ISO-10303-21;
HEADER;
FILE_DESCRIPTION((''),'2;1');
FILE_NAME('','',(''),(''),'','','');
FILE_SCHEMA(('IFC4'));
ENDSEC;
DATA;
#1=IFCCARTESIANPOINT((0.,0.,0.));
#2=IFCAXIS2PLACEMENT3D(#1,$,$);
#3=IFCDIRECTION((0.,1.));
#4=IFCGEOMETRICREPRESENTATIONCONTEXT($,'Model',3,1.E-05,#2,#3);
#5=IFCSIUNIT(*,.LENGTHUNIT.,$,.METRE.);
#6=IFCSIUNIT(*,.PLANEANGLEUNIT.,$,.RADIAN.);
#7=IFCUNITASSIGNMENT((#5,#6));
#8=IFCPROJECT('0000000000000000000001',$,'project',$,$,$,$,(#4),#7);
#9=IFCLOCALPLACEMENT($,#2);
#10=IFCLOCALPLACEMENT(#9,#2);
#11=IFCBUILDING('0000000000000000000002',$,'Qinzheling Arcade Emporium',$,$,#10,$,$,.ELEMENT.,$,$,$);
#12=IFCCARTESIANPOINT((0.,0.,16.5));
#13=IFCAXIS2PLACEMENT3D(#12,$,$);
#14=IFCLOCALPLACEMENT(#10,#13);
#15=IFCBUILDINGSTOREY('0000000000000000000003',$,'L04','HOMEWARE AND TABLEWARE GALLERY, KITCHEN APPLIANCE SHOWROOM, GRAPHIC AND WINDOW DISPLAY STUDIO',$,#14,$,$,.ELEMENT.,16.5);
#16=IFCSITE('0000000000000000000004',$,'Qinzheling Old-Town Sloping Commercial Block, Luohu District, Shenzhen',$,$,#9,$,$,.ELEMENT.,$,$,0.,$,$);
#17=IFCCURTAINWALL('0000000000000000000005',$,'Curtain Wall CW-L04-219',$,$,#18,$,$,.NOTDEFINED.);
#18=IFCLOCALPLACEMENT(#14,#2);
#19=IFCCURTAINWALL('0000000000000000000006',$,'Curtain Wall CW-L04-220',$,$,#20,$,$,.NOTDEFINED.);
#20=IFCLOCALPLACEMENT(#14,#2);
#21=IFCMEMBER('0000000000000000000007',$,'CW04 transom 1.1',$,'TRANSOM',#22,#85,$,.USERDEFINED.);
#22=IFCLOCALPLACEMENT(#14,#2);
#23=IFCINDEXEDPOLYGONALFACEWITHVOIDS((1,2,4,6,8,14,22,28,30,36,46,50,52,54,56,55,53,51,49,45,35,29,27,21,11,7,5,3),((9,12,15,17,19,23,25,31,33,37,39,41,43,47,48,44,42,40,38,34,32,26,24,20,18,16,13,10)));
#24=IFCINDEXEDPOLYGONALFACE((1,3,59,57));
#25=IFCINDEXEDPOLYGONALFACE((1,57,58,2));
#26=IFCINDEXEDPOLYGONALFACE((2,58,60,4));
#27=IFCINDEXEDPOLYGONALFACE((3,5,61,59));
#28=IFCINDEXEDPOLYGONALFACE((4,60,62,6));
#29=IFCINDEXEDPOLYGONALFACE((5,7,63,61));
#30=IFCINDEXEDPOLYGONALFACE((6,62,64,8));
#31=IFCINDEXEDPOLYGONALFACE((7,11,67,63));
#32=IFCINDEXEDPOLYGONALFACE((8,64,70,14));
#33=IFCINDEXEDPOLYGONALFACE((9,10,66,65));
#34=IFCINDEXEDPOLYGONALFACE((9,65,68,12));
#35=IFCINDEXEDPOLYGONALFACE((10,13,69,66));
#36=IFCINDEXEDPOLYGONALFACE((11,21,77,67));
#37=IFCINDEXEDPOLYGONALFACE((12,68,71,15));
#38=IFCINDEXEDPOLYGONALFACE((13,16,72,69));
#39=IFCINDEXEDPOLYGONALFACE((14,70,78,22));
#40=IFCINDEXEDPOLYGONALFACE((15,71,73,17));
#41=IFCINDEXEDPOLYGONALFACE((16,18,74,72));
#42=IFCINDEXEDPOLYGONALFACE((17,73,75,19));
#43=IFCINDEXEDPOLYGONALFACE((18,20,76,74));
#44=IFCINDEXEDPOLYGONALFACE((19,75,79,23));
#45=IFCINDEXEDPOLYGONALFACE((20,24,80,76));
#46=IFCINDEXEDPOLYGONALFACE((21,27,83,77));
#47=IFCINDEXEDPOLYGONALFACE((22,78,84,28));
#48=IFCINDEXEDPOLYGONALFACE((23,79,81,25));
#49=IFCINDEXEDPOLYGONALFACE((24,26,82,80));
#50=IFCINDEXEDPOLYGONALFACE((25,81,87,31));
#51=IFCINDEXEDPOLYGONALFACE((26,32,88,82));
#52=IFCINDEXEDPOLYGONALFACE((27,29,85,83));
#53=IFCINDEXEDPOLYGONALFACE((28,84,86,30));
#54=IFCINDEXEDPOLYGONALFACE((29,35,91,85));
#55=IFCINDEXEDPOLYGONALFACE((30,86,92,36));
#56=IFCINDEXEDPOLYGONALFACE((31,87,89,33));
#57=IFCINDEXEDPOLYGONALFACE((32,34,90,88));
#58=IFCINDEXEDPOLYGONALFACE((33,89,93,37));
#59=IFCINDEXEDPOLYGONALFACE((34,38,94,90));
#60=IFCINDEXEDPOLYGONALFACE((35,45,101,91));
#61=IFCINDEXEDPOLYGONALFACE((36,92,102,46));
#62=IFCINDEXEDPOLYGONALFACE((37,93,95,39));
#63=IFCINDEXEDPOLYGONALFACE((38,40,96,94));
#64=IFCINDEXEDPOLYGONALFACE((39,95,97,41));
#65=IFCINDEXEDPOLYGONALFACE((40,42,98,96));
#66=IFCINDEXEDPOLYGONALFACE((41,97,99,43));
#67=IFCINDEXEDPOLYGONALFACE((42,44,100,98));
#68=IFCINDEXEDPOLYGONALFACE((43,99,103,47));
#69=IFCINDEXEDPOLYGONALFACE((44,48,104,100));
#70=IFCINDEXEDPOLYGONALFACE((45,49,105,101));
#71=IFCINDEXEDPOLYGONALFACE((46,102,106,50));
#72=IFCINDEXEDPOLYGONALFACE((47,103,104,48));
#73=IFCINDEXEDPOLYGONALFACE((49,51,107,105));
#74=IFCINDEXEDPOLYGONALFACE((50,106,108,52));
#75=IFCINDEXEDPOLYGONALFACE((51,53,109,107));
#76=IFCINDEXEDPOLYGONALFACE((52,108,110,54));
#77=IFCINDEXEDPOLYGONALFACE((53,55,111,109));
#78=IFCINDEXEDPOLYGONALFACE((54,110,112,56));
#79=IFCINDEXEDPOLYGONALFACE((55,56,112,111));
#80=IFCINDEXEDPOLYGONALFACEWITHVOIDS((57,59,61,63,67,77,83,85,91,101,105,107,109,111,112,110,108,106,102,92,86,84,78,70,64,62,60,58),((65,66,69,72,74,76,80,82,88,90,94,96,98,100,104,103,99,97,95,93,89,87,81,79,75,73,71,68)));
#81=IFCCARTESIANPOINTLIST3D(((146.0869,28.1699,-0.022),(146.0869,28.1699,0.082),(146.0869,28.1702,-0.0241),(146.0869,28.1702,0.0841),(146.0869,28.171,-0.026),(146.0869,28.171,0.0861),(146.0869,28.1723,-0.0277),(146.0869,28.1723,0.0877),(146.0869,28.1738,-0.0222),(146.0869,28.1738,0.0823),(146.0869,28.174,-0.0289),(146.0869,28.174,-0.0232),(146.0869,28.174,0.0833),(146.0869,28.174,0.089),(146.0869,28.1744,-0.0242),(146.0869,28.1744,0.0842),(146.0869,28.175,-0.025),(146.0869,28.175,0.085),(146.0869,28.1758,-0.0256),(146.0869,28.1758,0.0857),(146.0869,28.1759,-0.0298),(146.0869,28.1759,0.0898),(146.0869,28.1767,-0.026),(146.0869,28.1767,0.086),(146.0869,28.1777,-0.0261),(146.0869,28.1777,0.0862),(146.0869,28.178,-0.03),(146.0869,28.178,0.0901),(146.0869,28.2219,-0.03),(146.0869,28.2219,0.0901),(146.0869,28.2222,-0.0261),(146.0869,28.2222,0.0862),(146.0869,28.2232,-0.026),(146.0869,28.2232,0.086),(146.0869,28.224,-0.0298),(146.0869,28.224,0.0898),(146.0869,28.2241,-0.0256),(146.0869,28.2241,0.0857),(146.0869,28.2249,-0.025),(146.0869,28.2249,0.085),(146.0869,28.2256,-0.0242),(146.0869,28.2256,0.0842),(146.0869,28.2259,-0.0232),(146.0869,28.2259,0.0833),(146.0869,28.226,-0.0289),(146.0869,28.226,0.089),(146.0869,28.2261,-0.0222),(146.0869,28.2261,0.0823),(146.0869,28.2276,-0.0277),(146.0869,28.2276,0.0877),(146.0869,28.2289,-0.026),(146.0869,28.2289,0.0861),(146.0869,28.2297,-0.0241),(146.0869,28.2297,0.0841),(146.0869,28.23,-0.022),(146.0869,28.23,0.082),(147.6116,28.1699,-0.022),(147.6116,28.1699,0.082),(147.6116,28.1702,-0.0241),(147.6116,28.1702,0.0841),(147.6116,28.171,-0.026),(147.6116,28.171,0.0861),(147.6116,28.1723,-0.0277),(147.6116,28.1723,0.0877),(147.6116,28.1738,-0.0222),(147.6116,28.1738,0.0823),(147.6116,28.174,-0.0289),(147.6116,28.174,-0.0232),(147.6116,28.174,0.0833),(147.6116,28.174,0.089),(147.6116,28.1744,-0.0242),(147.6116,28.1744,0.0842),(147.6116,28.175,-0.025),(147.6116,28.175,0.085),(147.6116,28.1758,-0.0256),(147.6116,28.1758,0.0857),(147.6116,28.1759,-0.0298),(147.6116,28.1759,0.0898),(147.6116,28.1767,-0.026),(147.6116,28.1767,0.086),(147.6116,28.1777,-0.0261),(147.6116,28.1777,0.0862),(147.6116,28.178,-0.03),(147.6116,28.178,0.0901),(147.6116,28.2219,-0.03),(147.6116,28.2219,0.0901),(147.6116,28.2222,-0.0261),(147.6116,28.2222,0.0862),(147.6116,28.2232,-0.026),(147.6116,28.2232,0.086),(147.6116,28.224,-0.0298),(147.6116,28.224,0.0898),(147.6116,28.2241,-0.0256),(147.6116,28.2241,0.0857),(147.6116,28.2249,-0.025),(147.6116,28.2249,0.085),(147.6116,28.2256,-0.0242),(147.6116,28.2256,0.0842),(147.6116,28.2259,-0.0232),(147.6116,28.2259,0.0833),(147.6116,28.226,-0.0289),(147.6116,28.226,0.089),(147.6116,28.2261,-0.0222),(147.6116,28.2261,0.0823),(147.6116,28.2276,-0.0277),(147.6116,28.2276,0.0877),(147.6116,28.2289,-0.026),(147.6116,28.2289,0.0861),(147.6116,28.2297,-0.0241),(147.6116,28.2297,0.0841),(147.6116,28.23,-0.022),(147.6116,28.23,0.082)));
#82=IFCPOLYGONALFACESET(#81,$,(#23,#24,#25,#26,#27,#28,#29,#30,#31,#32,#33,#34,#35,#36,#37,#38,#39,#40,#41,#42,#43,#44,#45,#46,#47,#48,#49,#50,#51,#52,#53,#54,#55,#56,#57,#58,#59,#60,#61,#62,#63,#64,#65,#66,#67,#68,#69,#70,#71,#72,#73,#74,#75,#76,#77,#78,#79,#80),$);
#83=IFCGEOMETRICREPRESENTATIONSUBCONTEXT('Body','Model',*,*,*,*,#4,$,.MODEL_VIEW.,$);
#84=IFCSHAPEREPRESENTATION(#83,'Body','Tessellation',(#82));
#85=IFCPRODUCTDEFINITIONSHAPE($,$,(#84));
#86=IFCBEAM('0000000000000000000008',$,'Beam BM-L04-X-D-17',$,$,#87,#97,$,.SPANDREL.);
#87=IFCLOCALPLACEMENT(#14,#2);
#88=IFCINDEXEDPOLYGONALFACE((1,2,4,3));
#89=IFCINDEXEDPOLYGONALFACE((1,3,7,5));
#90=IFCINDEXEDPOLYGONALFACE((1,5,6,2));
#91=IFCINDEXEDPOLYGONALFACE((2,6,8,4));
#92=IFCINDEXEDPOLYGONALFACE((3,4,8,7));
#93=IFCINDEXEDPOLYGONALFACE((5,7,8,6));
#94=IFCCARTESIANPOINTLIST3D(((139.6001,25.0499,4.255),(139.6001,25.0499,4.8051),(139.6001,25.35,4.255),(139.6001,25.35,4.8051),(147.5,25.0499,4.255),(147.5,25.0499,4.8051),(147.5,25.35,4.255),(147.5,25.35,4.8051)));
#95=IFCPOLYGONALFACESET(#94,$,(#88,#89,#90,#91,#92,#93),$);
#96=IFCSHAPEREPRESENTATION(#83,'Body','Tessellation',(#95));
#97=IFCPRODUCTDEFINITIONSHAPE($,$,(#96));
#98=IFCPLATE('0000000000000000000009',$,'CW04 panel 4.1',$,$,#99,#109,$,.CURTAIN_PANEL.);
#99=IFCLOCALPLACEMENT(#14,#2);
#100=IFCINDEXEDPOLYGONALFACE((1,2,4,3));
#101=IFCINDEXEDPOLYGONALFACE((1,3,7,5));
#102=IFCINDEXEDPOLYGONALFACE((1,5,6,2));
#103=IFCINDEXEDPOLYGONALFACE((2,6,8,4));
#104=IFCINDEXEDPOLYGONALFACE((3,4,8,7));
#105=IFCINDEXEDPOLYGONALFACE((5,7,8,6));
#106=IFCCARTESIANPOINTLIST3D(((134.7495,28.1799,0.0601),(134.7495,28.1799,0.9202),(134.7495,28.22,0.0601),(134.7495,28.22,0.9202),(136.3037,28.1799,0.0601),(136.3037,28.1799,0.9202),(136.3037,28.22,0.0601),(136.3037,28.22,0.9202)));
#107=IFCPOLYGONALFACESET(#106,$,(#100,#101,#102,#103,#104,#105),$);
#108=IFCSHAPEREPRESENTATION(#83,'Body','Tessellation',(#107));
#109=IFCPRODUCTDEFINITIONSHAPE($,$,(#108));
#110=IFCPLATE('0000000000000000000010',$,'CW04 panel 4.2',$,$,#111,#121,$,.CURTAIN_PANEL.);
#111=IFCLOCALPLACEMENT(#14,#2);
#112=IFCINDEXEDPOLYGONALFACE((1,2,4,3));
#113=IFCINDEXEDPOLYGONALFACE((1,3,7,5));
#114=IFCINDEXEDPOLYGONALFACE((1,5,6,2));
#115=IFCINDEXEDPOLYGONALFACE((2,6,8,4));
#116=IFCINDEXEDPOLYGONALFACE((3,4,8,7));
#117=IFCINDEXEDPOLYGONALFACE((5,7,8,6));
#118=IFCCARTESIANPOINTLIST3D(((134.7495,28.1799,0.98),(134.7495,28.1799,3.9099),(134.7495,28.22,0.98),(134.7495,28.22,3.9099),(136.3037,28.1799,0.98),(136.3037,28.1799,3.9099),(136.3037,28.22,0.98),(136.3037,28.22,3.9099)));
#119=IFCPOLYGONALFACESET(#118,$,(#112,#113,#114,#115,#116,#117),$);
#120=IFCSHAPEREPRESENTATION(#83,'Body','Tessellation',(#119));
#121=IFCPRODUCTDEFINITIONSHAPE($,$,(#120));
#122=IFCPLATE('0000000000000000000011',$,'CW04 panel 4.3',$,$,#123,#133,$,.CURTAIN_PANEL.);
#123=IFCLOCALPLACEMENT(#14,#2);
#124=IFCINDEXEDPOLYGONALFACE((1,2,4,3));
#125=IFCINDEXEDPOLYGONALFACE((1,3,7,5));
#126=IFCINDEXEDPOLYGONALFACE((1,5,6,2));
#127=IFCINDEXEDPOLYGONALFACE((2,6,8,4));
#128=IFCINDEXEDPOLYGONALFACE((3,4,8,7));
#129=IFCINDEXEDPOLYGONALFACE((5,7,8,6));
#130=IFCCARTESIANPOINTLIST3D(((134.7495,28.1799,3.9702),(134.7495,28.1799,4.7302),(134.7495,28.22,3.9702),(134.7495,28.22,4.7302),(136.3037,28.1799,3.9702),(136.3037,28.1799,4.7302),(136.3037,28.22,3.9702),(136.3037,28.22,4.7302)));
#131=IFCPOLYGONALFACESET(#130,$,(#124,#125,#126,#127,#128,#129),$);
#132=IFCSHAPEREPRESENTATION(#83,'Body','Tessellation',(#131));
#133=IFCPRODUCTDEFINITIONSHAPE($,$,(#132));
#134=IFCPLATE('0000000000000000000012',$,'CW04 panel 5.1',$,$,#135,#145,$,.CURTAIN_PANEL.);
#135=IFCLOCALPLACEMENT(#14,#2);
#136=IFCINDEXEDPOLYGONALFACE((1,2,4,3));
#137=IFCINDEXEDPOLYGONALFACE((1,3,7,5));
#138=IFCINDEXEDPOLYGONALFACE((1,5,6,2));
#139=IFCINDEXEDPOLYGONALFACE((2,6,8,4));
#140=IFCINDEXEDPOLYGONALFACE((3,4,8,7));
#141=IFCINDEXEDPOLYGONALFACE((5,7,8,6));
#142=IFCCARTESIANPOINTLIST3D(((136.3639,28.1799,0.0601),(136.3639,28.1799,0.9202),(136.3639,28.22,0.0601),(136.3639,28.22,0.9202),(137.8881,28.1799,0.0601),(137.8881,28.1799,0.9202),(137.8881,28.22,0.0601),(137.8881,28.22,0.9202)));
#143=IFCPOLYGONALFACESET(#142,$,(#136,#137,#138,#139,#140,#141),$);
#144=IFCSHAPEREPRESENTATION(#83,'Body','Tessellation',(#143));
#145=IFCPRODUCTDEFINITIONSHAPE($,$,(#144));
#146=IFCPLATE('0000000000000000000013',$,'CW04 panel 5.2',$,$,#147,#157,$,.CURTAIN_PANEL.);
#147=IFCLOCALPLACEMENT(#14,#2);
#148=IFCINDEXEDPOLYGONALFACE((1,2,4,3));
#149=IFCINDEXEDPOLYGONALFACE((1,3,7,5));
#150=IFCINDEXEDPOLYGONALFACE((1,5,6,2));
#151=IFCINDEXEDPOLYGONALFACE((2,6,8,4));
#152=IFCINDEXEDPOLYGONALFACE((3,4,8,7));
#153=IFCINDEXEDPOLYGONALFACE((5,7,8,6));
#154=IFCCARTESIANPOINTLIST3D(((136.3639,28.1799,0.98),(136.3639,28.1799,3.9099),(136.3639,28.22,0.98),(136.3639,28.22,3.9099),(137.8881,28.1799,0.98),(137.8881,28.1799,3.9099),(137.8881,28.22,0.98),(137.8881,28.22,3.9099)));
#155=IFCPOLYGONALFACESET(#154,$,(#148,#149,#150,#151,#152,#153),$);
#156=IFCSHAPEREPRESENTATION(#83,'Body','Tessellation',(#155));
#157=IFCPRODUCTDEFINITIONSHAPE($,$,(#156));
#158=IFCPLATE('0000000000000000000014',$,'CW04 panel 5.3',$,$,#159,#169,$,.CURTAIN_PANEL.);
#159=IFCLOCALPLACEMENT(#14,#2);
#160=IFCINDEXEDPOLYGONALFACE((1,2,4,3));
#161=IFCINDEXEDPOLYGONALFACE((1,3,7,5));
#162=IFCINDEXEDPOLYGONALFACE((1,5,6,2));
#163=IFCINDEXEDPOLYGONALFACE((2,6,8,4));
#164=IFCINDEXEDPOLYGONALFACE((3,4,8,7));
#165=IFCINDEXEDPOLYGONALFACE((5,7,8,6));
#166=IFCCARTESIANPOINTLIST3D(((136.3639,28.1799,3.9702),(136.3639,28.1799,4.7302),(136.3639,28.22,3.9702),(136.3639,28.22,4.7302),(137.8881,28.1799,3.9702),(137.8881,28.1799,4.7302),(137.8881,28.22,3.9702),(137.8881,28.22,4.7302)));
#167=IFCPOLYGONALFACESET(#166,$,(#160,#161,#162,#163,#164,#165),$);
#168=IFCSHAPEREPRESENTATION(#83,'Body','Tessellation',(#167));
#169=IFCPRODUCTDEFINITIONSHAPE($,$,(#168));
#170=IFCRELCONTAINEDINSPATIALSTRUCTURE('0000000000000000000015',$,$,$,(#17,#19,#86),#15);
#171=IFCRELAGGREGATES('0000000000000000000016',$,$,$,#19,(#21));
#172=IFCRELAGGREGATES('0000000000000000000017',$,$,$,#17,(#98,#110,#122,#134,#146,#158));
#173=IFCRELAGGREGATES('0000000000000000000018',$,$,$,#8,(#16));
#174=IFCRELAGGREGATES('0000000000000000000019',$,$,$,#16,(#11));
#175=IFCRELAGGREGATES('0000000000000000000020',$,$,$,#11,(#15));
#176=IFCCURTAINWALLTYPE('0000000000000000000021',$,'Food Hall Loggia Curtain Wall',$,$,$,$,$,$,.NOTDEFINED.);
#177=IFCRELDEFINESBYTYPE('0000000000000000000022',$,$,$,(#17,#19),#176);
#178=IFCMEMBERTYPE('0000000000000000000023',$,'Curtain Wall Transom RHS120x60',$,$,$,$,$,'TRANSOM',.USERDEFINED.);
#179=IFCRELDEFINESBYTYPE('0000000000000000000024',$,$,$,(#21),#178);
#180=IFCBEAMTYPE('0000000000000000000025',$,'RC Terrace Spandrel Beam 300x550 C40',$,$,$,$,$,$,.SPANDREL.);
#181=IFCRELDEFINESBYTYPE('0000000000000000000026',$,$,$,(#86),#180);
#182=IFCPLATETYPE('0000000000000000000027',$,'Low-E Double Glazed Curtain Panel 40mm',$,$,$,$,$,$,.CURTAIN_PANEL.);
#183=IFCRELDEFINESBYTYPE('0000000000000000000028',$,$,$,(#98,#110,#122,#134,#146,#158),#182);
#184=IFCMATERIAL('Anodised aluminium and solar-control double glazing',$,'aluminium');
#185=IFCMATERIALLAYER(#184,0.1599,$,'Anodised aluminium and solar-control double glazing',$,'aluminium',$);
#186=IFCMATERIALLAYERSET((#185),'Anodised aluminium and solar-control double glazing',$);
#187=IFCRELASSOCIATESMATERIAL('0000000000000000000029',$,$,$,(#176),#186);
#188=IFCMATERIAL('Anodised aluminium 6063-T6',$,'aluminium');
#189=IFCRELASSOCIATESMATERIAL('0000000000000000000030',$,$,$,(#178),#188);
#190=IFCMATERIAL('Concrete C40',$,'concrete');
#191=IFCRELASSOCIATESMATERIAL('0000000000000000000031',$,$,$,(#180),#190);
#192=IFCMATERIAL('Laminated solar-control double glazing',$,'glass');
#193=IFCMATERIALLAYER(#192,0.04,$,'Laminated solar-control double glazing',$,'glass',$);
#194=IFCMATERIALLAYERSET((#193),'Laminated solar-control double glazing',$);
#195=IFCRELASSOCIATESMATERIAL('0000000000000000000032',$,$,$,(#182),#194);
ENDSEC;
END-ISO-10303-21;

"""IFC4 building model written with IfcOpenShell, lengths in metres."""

from ifc_helpers import new_model, si_unit, direction, frame, origin, origin_2d, place, context, subcontext, project, spatial, rectangle, hollow_rectangle, extrude, material, layer, layer_set, material_profile, profile_set, type_object, element, aggregate, save


model = new_model("IFC4")

# Units and contexts
model_context = context("Model", 3, precision=1e-05, world=origin(), true_north=direction((0.0, 1.0)))
body_context = subcontext(model_context, "Body", "Model", "MODEL_VIEW")
ifc_project = project(units=[si_unit("LENGTHUNIT", "METRE"), si_unit("PLANEANGLEUNIT", "RADIAN")], contexts=[model_context])

# Site, building, storey
site_placement = place(None, origin())
site = spatial("IfcSite", under=ifc_project, at=site_placement, Name="Qinzheling Old-Town Sloping Commercial Block, Luohu District, Shenzhen", CompositionType="ELEMENT", RefElevation=0.0)
building_placement = place(site_placement, origin())
building = spatial("IfcBuilding", under=site, at=building_placement, Name="Qinzheling Arcade Emporium", CompositionType="ELEMENT")
storey_placement = place(building_placement, frame((0.0, 0.0, 16.5)))
storey = spatial("IfcBuildingStorey", under=building, at=storey_placement, Name="L04", Description="HOMEWARE AND TABLEWARE GALLERY, KITCHEN APPLIANCE SHOWROOM, GRAPHIC AND WINDOW DISPLAY STUDIO", CompositionType="ELEMENT", Elevation=16.5)

# Shared definitions
ifc_material_1 = material(Name="Concrete C40", Category="concrete")

# Curtain wall
ifc_material_2 = material(Name="Anodised aluminium and solar-control double glazing", Category="aluminium")
ifc_layer_1 = layer(ifc_material_2, 0.1599, Name="Anodised aluminium and solar-control double glazing", Category="aluminium")
ifc_layer_set_1 = layer_set([ifc_layer_1], Name="Anodised aluminium and solar-control double glazing")
curtain_wall_type = type_object("IfcCurtainWallType", Name="Food Hall Loggia Curtain Wall", PredefinedType="NOTDEFINED", material=ifc_layer_set_1)
curtain_wall_1_placement = place(storey_placement, origin())
curtain_wall_1 = element("IfcCurtainWall", 1, at=curtain_wall_1_placement, inside=storey, type_object=curtain_wall_type, Name="Curtain Wall CW-L04-219", PredefinedType="NOTDEFINED")
ifc_material_3 = material(Name="Anodised aluminium 6063-T6", Category="aluminium")

# Curtain wall
curtain_wall_2_placement = place(storey_placement, origin())
curtain_wall_2 = element("IfcCurtainWall", 2, at=curtain_wall_2_placement, inside=storey, type_object=curtain_wall_type, Name="Curtain Wall CW-L04-220", PredefinedType="NOTDEFINED")

# Member
ifc_material_profile_1 = material_profile(ifc_material_3, hollow_rectangle(XDim=0.0601, YDim=0.1201, WallThickness=0.0039, InnerFilletRadius=0.0039, OuterFilletRadius=0.0081, at=origin_2d()), Name="RHS 120x60x4", Category="aluminium")
ifc_profile_set_1 = profile_set([ifc_material_profile_1], Name="Anodised aluminium 6063-T6")
member_type_1 = type_object("IfcMemberType", Name="Curtain Wall Transom RHS120x60", ElementType="TRANSOM", PredefinedType="USERDEFINED", material=ifc_profile_set_1)
member_1_placement = place(storey_placement, frame((146.0869, 28.2, 0.03), z_axis=(1.0, 0.0, 0.0), x_axis=(0.0, 1.0, 0.0)))
member_1 = element("IfcMember", 3, at=member_1_placement, type_object=member_type_1, Name="CW04 transom 1.1", ObjectType="TRANSOM", PredefinedType="USERDEFINED", context=body_context, shape_type="SweptSolid", body=[
    extrude(hollow_rectangle(XDim=0.0601, YDim=0.1201, WallThickness=0.0039, InnerFilletRadius=0.0039, OuterFilletRadius=0.0081, at=origin_2d()), origin(), (0.0, 0.0, 1.0), 1.5247),
])
aggregate(curtain_wall_2, [member_1])

# Beam
ifc_material_profile_2 = material_profile(ifc_material_1, rectangle(XDim=0.3, YDim=0.55, at=origin_2d()), Name="RC 300x550", Category="concrete")
ifc_profile_set_2 = profile_set([ifc_material_profile_2], Name="Concrete C40")
beam_type = type_object("IfcBeamType", Name="RC Terrace Spandrel Beam 300x550 C40", PredefinedType="SPANDREL", material=ifc_profile_set_2)
beam_placement = place(storey_placement, frame((139.6001, 25.2, 4.53), z_axis=(1.0, 0.0, 0.0), x_axis=(0.0, 1.0, 0.0)))
element("IfcBeam", 4, at=beam_placement, inside=storey, type_object=beam_type, Name="Beam BM-L04-X-D-17", PredefinedType="SPANDREL", context=body_context, shape_type="SweptSolid", body=[
    extrude(rectangle(XDim=0.3, YDim=0.55, at=origin_2d()), origin(), (0.0, 0.0, 1.0), 7.8999),
])

# Plates
ifc_material_4 = material(Name="Laminated solar-control double glazing", Category="glass")
ifc_layer_2 = layer(ifc_material_4, 0.04, Name="Laminated solar-control double glazing", Category="glass")
ifc_layer_set_2 = layer_set([ifc_layer_2], Name="Laminated solar-control double glazing")
plate_type = type_object("IfcPlateType", Name="Low-E Double Glazed Curtain Panel 40mm", PredefinedType="CURTAIN_PANEL", material=ifc_layer_set_2)
plate_1_placement = place(storey_placement, frame((135.5266, 28.2, 0.0601), z_axis=(0.0, 0.0, 1.0), x_axis=(1.0, 0.0, 0.0)))
plate_1 = element("IfcPlate", 5, at=plate_1_placement, type_object=plate_type, Name="CW04 panel 4.1", PredefinedType="CURTAIN_PANEL", context=body_context, shape_type="SweptSolid", body=[
    extrude(rectangle(XDim=1.5542, YDim=0.04, at=origin_2d()), origin(), (0.0, 0.0, 1.0), 0.8601),
])
plate_2_placement = place(storey_placement, frame((135.5266, 28.2, 0.98), z_axis=(0.0, 0.0, 1.0), x_axis=(1.0, 0.0, 0.0)))
plate_2 = element("IfcPlate", 6, at=plate_2_placement, type_object=plate_type, Name="CW04 panel 4.2", PredefinedType="CURTAIN_PANEL", context=body_context, shape_type="SweptSolid", body=[
    extrude(rectangle(XDim=1.5542, YDim=0.04, at=origin_2d()), origin(), (0.0, 0.0, 1.0), 2.9299),
])
plate_3_placement = place(storey_placement, frame((135.5266, 28.2, 3.9702), z_axis=(0.0, 0.0, 1.0), x_axis=(1.0, 0.0, 0.0)))
plate_3 = element("IfcPlate", 7, at=plate_3_placement, type_object=plate_type, Name="CW04 panel 4.3", PredefinedType="CURTAIN_PANEL", context=body_context, shape_type="SweptSolid", body=[
    extrude(rectangle(XDim=1.5542, YDim=0.04, at=origin_2d()), origin(), (0.0, 0.0, 1.0), 0.76),
])
plate_4_placement = place(storey_placement, frame((137.126, 28.2, 0.0601), z_axis=(0.0, 0.0, 1.0), x_axis=(1.0, 0.0, 0.0)))
plate_4 = element("IfcPlate", 8, at=plate_4_placement, type_object=plate_type, Name="CW04 panel 5.1", PredefinedType="CURTAIN_PANEL", context=body_context, shape_type="SweptSolid", body=[
    extrude(rectangle(XDim=1.5242, YDim=0.04, at=origin_2d()), origin(), (0.0, 0.0, 1.0), 0.8601),
])
plate_5_placement = place(storey_placement, frame((137.126, 28.2, 0.98), z_axis=(0.0, 0.0, 1.0), x_axis=(1.0, 0.0, 0.0)))
plate_5 = element("IfcPlate", 9, at=plate_5_placement, type_object=plate_type, Name="CW04 panel 5.2", PredefinedType="CURTAIN_PANEL", context=body_context, shape_type="SweptSolid", body=[
    extrude(rectangle(XDim=1.5242, YDim=0.04, at=origin_2d()), origin(), (0.0, 0.0, 1.0), 2.9299),
])
plate_6_placement = place(storey_placement, frame((137.126, 28.2, 3.9702), z_axis=(0.0, 0.0, 1.0), x_axis=(1.0, 0.0, 0.0)))
plate_6 = element("IfcPlate", 10, at=plate_6_placement, type_object=plate_type, Name="CW04 panel 5.3", PredefinedType="CURTAIN_PANEL", context=body_context, shape_type="SweptSolid", body=[
    extrude(rectangle(XDim=1.5242, YDim=0.04, at=origin_2d()), origin(), (0.0, 0.0, 1.0), 0.76),
])
aggregate(curtain_wall_1, [plate_1, plate_2, plate_3, plate_4, plate_5, plate_6])

save(model, "model.ifc")
